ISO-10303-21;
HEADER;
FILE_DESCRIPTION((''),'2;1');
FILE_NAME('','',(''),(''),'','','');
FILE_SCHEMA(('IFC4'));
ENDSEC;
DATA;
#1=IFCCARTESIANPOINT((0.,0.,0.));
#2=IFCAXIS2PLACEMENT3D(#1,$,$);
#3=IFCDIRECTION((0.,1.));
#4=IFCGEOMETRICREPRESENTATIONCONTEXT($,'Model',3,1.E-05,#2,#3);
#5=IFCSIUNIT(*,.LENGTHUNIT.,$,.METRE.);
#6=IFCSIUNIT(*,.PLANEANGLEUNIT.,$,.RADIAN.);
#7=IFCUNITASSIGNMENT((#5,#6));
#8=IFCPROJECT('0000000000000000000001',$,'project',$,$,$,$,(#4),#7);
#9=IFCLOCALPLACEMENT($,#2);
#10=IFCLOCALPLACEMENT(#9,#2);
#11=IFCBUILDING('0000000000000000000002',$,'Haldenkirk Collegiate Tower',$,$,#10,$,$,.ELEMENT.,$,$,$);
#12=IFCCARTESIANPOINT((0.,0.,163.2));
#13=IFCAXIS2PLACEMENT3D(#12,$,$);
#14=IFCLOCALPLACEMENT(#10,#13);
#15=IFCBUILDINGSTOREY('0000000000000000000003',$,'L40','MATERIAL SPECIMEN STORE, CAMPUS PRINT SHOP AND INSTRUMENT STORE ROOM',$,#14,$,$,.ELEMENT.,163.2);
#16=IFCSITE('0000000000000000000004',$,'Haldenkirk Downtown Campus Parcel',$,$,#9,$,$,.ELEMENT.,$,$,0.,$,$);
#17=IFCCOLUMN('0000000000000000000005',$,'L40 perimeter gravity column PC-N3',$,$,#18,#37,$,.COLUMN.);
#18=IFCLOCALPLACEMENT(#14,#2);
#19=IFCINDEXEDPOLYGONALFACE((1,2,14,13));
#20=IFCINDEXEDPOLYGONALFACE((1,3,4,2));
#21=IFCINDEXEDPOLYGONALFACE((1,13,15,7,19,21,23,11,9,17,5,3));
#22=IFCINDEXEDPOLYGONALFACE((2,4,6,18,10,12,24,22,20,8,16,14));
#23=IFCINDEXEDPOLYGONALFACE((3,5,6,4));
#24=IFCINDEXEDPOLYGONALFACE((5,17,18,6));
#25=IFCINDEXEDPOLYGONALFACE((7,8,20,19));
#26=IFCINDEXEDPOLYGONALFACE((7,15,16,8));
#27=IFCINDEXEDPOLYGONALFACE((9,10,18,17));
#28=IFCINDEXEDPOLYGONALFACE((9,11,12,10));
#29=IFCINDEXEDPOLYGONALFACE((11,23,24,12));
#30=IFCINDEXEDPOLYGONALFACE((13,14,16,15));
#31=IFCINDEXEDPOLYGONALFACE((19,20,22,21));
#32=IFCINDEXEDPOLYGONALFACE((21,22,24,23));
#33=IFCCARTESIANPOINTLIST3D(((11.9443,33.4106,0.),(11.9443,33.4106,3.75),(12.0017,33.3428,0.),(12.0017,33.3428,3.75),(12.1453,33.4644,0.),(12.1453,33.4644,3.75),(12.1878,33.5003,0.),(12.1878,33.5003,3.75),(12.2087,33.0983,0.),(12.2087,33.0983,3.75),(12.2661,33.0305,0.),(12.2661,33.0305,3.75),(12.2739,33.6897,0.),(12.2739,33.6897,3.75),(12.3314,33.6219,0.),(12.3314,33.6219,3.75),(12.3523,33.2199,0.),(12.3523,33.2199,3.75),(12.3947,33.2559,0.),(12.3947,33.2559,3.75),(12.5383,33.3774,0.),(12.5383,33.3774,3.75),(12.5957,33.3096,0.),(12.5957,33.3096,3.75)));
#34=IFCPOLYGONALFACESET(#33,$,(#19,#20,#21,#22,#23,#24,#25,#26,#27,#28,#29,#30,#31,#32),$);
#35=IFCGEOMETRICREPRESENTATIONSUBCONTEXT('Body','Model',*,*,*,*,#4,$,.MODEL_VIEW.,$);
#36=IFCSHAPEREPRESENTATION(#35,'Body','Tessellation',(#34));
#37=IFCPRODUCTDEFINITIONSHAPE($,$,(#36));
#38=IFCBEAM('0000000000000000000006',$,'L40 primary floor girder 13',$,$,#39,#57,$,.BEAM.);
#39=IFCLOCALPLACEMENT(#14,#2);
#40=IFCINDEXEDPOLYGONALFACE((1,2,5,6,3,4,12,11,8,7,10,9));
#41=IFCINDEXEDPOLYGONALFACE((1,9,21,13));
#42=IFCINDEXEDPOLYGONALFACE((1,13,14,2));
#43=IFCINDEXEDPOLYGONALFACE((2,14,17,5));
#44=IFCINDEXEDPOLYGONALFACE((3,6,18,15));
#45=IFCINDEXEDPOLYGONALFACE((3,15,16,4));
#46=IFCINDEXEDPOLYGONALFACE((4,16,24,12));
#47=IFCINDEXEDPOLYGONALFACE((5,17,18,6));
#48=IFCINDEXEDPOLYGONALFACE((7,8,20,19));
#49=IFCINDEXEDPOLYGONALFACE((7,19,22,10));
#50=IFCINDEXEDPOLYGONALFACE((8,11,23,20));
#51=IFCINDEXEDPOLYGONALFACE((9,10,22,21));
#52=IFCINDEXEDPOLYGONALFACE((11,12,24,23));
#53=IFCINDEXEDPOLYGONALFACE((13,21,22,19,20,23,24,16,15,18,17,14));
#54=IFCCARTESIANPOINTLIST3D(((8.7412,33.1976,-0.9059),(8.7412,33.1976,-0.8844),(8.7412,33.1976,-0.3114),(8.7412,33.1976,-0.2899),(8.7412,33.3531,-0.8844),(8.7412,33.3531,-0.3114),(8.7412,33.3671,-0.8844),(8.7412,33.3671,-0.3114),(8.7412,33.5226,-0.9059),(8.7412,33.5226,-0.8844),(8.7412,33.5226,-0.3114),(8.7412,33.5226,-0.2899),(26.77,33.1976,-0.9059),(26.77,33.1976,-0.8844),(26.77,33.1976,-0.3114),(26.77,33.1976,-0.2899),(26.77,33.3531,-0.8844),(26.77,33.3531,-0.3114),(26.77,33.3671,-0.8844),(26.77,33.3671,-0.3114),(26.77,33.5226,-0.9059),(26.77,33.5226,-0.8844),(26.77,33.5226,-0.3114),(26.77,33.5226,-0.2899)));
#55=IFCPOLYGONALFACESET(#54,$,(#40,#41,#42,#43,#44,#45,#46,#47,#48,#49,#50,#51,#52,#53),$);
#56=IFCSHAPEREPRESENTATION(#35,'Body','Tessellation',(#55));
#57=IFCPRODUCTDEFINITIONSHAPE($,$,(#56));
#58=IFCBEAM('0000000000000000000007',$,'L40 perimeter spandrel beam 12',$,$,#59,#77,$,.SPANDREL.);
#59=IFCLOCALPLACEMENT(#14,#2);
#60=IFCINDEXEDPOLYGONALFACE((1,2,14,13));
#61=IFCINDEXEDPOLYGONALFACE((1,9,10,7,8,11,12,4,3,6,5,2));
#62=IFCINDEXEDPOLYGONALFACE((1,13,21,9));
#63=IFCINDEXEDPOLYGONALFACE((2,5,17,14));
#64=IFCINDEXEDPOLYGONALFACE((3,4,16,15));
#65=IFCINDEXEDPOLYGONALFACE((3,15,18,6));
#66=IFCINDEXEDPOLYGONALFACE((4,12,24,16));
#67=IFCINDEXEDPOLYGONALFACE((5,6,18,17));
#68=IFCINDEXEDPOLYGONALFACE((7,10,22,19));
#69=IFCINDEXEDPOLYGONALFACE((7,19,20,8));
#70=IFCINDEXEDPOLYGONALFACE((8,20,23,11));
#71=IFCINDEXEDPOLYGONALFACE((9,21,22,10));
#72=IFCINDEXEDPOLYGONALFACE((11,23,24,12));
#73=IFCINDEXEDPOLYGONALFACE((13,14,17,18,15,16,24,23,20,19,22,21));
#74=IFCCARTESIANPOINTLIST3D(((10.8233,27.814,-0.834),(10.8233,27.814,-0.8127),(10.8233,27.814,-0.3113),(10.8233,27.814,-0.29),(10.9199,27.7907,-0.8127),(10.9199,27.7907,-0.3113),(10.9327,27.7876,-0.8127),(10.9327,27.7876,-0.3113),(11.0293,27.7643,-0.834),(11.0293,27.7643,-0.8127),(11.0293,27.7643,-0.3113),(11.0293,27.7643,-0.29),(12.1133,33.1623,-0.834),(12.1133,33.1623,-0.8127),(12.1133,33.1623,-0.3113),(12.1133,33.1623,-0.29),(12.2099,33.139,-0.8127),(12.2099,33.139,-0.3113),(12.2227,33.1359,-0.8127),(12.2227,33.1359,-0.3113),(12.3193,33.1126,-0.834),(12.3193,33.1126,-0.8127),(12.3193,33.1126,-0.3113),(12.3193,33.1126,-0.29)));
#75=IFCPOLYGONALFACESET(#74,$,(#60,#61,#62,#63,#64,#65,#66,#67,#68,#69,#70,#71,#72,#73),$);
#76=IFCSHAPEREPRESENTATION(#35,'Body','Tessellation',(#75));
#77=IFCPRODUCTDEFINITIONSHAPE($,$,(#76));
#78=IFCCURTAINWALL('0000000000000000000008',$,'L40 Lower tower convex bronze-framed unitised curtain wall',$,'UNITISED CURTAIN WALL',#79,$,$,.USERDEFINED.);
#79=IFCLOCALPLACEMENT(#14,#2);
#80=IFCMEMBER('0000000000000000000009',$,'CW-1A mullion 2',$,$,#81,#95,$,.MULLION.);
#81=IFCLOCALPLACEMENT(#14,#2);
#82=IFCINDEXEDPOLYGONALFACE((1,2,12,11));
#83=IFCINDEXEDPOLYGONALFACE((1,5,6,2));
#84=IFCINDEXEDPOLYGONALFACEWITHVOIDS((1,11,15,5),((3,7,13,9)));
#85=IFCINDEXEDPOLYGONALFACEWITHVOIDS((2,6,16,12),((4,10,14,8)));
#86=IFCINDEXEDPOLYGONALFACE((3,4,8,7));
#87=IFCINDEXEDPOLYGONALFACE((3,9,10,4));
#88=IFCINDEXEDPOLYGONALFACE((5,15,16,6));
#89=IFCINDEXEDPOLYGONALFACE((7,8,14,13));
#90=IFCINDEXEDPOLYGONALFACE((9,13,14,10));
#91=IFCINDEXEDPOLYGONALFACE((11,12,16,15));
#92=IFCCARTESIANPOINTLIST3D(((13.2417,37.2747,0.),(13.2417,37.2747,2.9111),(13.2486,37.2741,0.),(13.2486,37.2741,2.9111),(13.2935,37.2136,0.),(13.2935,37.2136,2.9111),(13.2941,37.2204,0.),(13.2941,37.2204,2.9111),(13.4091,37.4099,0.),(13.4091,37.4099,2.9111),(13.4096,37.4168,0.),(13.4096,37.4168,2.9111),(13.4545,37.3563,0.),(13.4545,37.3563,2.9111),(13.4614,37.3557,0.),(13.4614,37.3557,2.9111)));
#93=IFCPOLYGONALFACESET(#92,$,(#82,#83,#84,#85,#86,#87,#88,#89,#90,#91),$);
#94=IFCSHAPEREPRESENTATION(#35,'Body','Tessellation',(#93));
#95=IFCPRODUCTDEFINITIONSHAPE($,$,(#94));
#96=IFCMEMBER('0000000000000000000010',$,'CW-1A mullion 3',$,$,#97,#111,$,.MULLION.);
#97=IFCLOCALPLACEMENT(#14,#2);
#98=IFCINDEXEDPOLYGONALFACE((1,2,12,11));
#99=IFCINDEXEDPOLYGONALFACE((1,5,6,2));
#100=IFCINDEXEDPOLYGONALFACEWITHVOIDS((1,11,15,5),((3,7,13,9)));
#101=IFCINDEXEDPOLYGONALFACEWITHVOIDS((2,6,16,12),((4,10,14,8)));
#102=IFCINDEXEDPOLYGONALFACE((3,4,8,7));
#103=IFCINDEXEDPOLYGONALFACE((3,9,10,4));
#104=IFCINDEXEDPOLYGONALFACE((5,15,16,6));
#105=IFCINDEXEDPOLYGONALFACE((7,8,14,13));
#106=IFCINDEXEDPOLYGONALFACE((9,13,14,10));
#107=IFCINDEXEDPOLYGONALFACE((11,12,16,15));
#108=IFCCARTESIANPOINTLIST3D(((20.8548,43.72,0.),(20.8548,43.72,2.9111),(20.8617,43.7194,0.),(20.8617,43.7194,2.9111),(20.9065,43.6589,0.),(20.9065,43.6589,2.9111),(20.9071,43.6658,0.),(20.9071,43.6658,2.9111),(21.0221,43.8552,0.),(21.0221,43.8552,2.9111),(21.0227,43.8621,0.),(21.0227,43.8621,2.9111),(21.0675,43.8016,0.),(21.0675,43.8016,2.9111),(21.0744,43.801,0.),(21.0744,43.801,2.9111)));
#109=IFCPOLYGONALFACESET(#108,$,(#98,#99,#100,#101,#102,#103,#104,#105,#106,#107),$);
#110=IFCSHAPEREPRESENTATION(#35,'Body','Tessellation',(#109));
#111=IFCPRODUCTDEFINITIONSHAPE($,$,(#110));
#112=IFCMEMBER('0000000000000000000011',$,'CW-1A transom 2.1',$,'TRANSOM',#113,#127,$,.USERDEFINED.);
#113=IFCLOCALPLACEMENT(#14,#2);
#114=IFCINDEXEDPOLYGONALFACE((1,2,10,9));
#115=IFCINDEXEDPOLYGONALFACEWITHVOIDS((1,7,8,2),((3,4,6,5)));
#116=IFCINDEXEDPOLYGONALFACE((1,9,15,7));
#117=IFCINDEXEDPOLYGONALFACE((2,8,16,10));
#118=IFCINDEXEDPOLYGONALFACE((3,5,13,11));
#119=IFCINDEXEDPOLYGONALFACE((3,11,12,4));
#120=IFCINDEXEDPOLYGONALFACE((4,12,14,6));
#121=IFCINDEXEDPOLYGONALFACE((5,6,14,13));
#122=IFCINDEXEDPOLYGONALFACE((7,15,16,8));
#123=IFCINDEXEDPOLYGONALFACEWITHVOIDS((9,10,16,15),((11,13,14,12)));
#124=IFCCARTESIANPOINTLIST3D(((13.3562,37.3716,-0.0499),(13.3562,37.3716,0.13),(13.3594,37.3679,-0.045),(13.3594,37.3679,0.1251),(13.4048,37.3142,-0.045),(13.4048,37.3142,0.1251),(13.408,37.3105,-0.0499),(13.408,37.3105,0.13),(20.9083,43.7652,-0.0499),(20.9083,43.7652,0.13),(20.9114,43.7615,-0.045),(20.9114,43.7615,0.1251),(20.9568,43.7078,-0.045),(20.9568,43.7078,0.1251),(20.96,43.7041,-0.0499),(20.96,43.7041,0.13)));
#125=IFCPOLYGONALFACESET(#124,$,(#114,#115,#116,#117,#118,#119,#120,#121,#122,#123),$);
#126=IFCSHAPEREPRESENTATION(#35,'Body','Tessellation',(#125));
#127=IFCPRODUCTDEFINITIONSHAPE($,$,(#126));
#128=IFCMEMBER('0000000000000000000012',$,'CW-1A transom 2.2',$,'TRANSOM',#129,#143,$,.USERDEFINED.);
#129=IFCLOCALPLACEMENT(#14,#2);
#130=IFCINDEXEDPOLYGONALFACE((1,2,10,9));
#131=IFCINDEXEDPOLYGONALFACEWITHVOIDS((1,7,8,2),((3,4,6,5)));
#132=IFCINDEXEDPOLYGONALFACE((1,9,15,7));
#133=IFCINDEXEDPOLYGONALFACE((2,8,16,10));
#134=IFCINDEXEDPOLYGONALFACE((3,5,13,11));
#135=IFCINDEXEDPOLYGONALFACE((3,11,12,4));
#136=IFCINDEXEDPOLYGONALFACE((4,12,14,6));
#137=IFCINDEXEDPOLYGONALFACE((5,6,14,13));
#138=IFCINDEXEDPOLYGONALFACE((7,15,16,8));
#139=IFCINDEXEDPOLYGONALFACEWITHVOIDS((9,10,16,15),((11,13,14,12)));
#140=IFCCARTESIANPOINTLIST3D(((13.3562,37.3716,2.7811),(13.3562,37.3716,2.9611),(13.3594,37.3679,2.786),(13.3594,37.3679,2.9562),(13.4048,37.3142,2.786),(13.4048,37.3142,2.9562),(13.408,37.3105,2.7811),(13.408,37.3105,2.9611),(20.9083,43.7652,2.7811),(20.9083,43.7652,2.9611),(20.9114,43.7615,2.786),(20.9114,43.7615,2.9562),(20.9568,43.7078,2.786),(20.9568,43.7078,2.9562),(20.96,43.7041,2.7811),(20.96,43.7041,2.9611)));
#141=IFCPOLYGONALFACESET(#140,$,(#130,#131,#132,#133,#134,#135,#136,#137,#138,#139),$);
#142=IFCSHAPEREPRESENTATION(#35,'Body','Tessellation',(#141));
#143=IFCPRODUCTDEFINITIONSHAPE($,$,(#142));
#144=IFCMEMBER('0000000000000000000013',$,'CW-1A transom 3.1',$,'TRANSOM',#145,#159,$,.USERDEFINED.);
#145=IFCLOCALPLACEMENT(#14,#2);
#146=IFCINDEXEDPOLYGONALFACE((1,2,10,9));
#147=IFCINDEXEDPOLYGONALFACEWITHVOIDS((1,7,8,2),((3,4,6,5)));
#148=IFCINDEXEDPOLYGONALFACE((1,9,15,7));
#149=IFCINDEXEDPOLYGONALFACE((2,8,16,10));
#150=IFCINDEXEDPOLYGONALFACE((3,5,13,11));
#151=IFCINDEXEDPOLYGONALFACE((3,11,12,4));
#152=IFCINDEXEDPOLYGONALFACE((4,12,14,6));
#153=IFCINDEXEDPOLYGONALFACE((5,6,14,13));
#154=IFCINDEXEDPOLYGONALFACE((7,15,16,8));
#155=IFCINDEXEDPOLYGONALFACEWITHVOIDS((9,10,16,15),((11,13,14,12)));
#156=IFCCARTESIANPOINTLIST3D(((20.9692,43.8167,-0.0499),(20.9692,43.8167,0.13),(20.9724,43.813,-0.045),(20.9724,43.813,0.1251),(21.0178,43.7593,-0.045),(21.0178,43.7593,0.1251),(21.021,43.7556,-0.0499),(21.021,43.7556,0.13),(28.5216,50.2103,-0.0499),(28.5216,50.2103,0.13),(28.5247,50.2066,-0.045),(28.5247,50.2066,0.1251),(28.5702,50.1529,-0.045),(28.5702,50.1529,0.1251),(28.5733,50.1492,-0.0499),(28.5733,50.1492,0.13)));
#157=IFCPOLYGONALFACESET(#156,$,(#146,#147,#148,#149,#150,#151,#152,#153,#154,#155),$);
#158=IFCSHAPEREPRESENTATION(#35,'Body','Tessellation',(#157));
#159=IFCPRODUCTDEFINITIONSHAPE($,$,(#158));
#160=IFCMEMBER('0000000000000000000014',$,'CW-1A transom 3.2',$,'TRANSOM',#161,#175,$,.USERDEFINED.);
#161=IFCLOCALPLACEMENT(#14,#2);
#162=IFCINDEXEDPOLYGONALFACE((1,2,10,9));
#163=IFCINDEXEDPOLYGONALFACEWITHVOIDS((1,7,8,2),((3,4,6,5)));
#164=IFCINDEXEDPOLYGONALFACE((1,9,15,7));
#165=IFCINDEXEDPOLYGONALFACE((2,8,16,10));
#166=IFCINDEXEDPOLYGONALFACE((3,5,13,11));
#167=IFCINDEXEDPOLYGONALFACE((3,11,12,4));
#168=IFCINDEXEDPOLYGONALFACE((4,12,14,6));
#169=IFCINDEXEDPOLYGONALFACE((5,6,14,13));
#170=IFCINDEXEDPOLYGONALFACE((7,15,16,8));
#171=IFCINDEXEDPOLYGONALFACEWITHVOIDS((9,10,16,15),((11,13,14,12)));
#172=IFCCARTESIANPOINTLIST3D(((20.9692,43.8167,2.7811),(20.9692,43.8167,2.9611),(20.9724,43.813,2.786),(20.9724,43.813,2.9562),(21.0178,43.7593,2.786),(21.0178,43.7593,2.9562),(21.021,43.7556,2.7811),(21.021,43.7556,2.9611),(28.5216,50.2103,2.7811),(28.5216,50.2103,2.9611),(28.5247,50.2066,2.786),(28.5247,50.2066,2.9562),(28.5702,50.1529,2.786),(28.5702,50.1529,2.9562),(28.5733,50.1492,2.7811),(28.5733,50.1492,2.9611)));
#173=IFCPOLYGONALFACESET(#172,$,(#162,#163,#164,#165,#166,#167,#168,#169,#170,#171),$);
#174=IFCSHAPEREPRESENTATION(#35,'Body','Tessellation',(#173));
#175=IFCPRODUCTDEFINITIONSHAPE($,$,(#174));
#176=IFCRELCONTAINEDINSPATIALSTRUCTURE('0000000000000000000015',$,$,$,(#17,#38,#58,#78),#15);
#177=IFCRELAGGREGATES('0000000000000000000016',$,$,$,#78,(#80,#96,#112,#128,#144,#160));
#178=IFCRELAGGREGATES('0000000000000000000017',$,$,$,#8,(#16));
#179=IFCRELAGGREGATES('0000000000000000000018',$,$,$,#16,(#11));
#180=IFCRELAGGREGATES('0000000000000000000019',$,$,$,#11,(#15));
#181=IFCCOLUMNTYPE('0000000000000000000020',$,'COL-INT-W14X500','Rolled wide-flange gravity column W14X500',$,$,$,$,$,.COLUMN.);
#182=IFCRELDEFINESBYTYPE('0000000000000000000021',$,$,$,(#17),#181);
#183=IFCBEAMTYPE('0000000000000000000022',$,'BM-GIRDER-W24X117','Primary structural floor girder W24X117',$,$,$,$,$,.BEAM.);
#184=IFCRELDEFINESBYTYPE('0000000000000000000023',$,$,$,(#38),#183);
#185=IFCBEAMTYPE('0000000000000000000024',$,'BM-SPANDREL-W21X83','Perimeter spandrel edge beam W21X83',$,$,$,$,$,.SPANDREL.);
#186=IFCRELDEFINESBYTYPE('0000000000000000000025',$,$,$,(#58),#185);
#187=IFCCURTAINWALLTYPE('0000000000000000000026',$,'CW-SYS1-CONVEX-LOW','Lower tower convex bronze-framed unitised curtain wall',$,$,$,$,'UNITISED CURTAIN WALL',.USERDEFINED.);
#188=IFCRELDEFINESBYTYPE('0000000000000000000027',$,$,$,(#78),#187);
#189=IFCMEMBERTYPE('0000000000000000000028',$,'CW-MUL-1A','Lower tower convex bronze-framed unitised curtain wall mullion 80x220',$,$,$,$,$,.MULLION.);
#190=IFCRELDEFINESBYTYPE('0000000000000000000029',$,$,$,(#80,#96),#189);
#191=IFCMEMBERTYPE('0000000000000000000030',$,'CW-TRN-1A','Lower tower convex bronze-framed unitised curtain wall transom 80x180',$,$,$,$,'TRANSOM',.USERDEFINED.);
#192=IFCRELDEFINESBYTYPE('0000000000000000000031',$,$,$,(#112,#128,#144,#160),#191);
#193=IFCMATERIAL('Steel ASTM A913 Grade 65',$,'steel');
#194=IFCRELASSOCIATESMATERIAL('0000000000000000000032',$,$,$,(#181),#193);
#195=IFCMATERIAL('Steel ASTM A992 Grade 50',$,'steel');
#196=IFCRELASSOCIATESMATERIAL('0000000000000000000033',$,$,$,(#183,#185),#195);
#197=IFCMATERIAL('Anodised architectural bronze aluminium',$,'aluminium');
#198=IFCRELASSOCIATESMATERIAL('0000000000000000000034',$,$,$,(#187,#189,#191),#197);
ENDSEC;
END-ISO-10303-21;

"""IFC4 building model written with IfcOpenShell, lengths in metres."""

from ifc_helpers import new_model, si_unit, direction, frame, origin, origin_2d, place, context, subcontext, project, spatial, hollow_rectangle, i_section, extrude, material, material_profile, profile_set, type_object, element, aggregate, save


model = new_model("IFC4")

# Units and contexts
model_context = context("Model", 3, precision=1e-05, world=origin(), true_north=direction((0.0, 1.0)))
body_context = subcontext(model_context, "Body", "Model", "MODEL_VIEW")
ifc_project = project(units=[si_unit("LENGTHUNIT", "METRE"), si_unit("PLANEANGLEUNIT", "RADIAN")], contexts=[model_context])

# Site, building, storey
site_placement = place(None, origin())
site = spatial("IfcSite", under=ifc_project, at=site_placement, Name="Haldenkirk Downtown Campus Parcel", CompositionType="ELEMENT", RefElevation=0.0)
building_placement = place(site_placement, origin())
building = spatial("IfcBuilding", under=site, at=building_placement, Name="Haldenkirk Collegiate Tower", CompositionType="ELEMENT")
storey_placement = place(building_placement, frame((0.0, 0.0, 163.2)))
storey = spatial("IfcBuildingStorey", under=building, at=storey_placement, Name="L40", Description="MATERIAL SPECIMEN STORE, CAMPUS PRINT SHOP AND INSTRUMENT STORE ROOM", CompositionType="ELEMENT", Elevation=163.2)

# Column
ifc_material_1 = material(Name="Steel ASTM A913 Grade 65", Category="steel")
ifc_material_profile_1 = material_profile(ifc_material_1, i_section(OverallWidth=0.4319, OverallDepth=0.498, WebThickness=0.0557, FlangeThickness=0.0889, at=origin_2d()), Name="W14X500")
ifc_profile_set_1 = profile_set([ifc_material_profile_1], Name="Steel ASTM A913 Grade 65")
column_type = type_object("IfcColumnType", Name="COL-INT-W14X500", Description="Rolled wide-flange gravity column W14X500", PredefinedType="COLUMN", material=ifc_profile_set_1)
column_placement = place(storey_placement, frame((12.27, 33.3601, 0.0), z_axis=(0.0, 0.0, 1.0), x_axis=(0.763232, 0.646124, 0.0)))
element("IfcColumn", 1, at=column_placement, inside=storey, type_object=column_type, Name="L40 perimeter gravity column PC-N3", PredefinedType="COLUMN", context=body_context, shape_type="SweptSolid", body=[
    extrude(i_section(OverallWidth=0.4319, OverallDepth=0.498, WebThickness=0.0557, FlangeThickness=0.0889, at=origin_2d()), origin(), (0.0, 0.0, 1.0), 3.75),
])

# Beams
ifc_material_2 = material(Name="Steel ASTM A992 Grade 50", Category="steel")
ifc_material_profile_2 = material_profile(ifc_material_2, i_section(OverallWidth=0.325, OverallDepth=0.616, WebThickness=0.0139, FlangeThickness=0.0215, at=origin_2d()), Name="W24X117")
ifc_profile_set_2 = profile_set([ifc_material_profile_2], Name="Steel ASTM A992 Grade 50")
beam_type_1 = type_object("IfcBeamType", Name="BM-GIRDER-W24X117", Description="Primary structural floor girder W24X117", PredefinedType="BEAM", material=ifc_profile_set_2)
beam_1_placement = place(storey_placement, frame((8.7412, 33.3601, -0.5979), z_axis=(1.0, 0.0, 0.0), x_axis=(0.0, 1.0, 0.0)))
element("IfcBeam", 2, at=beam_1_placement, inside=storey, type_object=beam_type_1, Name="L40 primary floor girder 13", PredefinedType="BEAM", context=body_context, shape_type="SweptSolid", body=[
    extrude(i_section(OverallWidth=0.325, OverallDepth=0.616, WebThickness=0.0139, FlangeThickness=0.0215, at=origin_2d()), origin(), (0.0, 0.0, 1.0), 18.0288),
])
ifc_material_profile_3 = material_profile(ifc_material_2, i_section(OverallWidth=0.2119, OverallDepth=0.5439, WebThickness=0.0132, FlangeThickness=0.0212, at=origin_2d()), Name="W21X83")
ifc_profile_set_3 = profile_set([ifc_material_profile_3], Name="Steel ASTM A992 Grade 50")
beam_type_2 = type_object("IfcBeamType", Name="BM-SPANDREL-W21X83", Description="Perimeter spandrel edge beam W21X83", PredefinedType="SPANDREL", material=ifc_profile_set_3)
beam_2_placement = place(storey_placement, frame((12.2163, 33.1375, -0.562), z_axis=(-0.234477, -0.972122, 0.0), x_axis=(0.972122, -0.234477, 0.0)))
element("IfcBeam", 3, at=beam_2_placement, inside=storey, type_object=beam_type_2, Name="L40 perimeter spandrel beam 12", PredefinedType="SPANDREL", context=body_context, shape_type="SweptSolid", body=[
    extrude(i_section(OverallWidth=0.2119, OverallDepth=0.5439, WebThickness=0.0132, FlangeThickness=0.0212, at=origin_2d()), origin(), (0.0, 0.0, 1.0), 5.5017),
])

# Curtain wall, members
ifc_material_3 = material(Name="Anodised architectural bronze aluminium", Category="aluminium")
curtain_wall_type = type_object("IfcCurtainWallType", Name="CW-SYS1-CONVEX-LOW", Description="Lower tower convex bronze-framed unitised curtain wall", ElementType="UNITISED CURTAIN WALL", PredefinedType="USERDEFINED", material=ifc_material_3)
curtain_wall_placement = place(storey_placement, origin())
curtain_wall = element("IfcCurtainWall", 4, at=curtain_wall_placement, inside=storey, type_object=curtain_wall_type, Name="L40 Lower tower convex bronze-framed unitised curtain wall", ObjectType="UNITISED CURTAIN WALL", PredefinedType="USERDEFINED")
ifc_material_profile_4 = material_profile(ifc_material_3, hollow_rectangle(XDim=0.0801, YDim=0.22, WallThickness=0.0049, at=origin_2d()), Name="CW-MUL-1A")
ifc_profile_set_4 = profile_set([ifc_material_profile_4], Name="Anodised architectural bronze aluminium")
member_type_1 = type_object("IfcMemberType", Name="CW-MUL-1A", Description="Lower tower convex bronze-framed unitised curtain wall mullion 80x220", PredefinedType="MULLION", material=ifc_profile_set_4)
member_1_placement = place(storey_placement, frame((13.3516, 37.3152, 0.0), z_axis=(0.0, 0.0, 1.0), x_axis=(-0.646124, 0.763232, 0.0)))
member_1 = element("IfcMember", 5, at=member_1_placement, type_object=member_type_1, Name="CW-1A mullion 2", PredefinedType="MULLION", context=body_context, shape_type="SweptSolid", body=[
    extrude(hollow_rectangle(XDim=0.0801, YDim=0.22, WallThickness=0.0049, at=origin_2d()), origin(), (0.0, 0.0, 1.0), 2.9111),
])
member_2_placement = place(storey_placement, frame((20.9646, 43.7605, 0.0), z_axis=(0.0, 0.0, 1.0), x_axis=(-0.646124, 0.763232, 0.0)))
member_2 = element("IfcMember", 6, at=member_2_placement, type_object=member_type_1, Name="CW-1A mullion 3", PredefinedType="MULLION", context=body_context, shape_type="SweptSolid", body=[
    extrude(hollow_rectangle(XDim=0.0801, YDim=0.22, WallThickness=0.0049, at=origin_2d()), origin(), (0.0, 0.0, 1.0), 2.9111),
])
ifc_material_profile_5 = material_profile(ifc_material_3, hollow_rectangle(XDim=0.0801, YDim=0.1799, WallThickness=0.0049, at=origin_2d()), Name="CW-TRN-1A")
ifc_profile_set_5 = profile_set([ifc_material_profile_5], Name="Anodised architectural bronze aluminium")
member_type_2 = type_object("IfcMemberType", Name="CW-TRN-1A", Description="Lower tower convex bronze-framed unitised curtain wall transom 80x180", ElementType="TRANSOM", PredefinedType="USERDEFINED", material=ifc_profile_set_5)
member_3_placement = place(storey_placement, frame((13.3821, 37.3411, 0.04), z_axis=(0.763217, 0.646142, 0.0), x_axis=(-0.646142, 0.763217, 0.0)))
member_3 = element("IfcMember", 7, at=member_3_placement, type_object=member_type_2, Name="CW-1A transom 2.1", ObjectType="TRANSOM", PredefinedType="USERDEFINED", context=body_context, shape_type="SweptSolid", body=[
    extrude(hollow_rectangle(XDim=0.0801, YDim=0.1799, WallThickness=0.0049, at=origin_2d()), origin(), (0.0, 0.0, 1.0), 9.895),
])
member_4_placement = place(storey_placement, frame((13.3821, 37.3411, 2.8711), z_axis=(0.763217, 0.646142, 0.0), x_axis=(-0.646142, 0.763217, 0.0)))
member_4 = element("IfcMember", 8, at=member_4_placement, type_object=member_type_2, Name="CW-1A transom 2.2", ObjectType="TRANSOM", PredefinedType="USERDEFINED", context=body_context, shape_type="SweptSolid", body=[
    extrude(hollow_rectangle(XDim=0.0801, YDim=0.1799, WallThickness=0.0049, at=origin_2d()), origin(), (0.0, 0.0, 1.0), 9.895),
])
member_5_placement = place(storey_placement, frame((20.9951, 43.7861, 0.04), z_axis=(0.763227, 0.64613, 0.0), x_axis=(-0.64613, 0.763227, 0.0)))
member_5 = element("IfcMember", 9, at=member_5_placement, type_object=member_type_2, Name="CW-1A transom 3.1", ObjectType="TRANSOM", PredefinedType="USERDEFINED", context=body_context, shape_type="SweptSolid", body=[
    extrude(hollow_rectangle(XDim=0.0801, YDim=0.1799, WallThickness=0.0049, at=origin_2d()), origin(), (0.0, 0.0, 1.0), 9.8953),
])
member_6_placement = place(storey_placement, frame((20.9951, 43.7861, 2.8711), z_axis=(0.763227, 0.64613, 0.0), x_axis=(-0.64613, 0.763227, 0.0)))
member_6 = element("IfcMember", 10, at=member_6_placement, type_object=member_type_2, Name="CW-1A transom 3.2", ObjectType="TRANSOM", PredefinedType="USERDEFINED", context=body_context, shape_type="SweptSolid", body=[
    extrude(hollow_rectangle(XDim=0.0801, YDim=0.1799, WallThickness=0.0049, at=origin_2d()), origin(), (0.0, 0.0, 1.0), 9.8953),
])
aggregate(curtain_wall, [member_1, member_2, member_3, member_4, member_5, member_6])

save(model, "model.ifc")
